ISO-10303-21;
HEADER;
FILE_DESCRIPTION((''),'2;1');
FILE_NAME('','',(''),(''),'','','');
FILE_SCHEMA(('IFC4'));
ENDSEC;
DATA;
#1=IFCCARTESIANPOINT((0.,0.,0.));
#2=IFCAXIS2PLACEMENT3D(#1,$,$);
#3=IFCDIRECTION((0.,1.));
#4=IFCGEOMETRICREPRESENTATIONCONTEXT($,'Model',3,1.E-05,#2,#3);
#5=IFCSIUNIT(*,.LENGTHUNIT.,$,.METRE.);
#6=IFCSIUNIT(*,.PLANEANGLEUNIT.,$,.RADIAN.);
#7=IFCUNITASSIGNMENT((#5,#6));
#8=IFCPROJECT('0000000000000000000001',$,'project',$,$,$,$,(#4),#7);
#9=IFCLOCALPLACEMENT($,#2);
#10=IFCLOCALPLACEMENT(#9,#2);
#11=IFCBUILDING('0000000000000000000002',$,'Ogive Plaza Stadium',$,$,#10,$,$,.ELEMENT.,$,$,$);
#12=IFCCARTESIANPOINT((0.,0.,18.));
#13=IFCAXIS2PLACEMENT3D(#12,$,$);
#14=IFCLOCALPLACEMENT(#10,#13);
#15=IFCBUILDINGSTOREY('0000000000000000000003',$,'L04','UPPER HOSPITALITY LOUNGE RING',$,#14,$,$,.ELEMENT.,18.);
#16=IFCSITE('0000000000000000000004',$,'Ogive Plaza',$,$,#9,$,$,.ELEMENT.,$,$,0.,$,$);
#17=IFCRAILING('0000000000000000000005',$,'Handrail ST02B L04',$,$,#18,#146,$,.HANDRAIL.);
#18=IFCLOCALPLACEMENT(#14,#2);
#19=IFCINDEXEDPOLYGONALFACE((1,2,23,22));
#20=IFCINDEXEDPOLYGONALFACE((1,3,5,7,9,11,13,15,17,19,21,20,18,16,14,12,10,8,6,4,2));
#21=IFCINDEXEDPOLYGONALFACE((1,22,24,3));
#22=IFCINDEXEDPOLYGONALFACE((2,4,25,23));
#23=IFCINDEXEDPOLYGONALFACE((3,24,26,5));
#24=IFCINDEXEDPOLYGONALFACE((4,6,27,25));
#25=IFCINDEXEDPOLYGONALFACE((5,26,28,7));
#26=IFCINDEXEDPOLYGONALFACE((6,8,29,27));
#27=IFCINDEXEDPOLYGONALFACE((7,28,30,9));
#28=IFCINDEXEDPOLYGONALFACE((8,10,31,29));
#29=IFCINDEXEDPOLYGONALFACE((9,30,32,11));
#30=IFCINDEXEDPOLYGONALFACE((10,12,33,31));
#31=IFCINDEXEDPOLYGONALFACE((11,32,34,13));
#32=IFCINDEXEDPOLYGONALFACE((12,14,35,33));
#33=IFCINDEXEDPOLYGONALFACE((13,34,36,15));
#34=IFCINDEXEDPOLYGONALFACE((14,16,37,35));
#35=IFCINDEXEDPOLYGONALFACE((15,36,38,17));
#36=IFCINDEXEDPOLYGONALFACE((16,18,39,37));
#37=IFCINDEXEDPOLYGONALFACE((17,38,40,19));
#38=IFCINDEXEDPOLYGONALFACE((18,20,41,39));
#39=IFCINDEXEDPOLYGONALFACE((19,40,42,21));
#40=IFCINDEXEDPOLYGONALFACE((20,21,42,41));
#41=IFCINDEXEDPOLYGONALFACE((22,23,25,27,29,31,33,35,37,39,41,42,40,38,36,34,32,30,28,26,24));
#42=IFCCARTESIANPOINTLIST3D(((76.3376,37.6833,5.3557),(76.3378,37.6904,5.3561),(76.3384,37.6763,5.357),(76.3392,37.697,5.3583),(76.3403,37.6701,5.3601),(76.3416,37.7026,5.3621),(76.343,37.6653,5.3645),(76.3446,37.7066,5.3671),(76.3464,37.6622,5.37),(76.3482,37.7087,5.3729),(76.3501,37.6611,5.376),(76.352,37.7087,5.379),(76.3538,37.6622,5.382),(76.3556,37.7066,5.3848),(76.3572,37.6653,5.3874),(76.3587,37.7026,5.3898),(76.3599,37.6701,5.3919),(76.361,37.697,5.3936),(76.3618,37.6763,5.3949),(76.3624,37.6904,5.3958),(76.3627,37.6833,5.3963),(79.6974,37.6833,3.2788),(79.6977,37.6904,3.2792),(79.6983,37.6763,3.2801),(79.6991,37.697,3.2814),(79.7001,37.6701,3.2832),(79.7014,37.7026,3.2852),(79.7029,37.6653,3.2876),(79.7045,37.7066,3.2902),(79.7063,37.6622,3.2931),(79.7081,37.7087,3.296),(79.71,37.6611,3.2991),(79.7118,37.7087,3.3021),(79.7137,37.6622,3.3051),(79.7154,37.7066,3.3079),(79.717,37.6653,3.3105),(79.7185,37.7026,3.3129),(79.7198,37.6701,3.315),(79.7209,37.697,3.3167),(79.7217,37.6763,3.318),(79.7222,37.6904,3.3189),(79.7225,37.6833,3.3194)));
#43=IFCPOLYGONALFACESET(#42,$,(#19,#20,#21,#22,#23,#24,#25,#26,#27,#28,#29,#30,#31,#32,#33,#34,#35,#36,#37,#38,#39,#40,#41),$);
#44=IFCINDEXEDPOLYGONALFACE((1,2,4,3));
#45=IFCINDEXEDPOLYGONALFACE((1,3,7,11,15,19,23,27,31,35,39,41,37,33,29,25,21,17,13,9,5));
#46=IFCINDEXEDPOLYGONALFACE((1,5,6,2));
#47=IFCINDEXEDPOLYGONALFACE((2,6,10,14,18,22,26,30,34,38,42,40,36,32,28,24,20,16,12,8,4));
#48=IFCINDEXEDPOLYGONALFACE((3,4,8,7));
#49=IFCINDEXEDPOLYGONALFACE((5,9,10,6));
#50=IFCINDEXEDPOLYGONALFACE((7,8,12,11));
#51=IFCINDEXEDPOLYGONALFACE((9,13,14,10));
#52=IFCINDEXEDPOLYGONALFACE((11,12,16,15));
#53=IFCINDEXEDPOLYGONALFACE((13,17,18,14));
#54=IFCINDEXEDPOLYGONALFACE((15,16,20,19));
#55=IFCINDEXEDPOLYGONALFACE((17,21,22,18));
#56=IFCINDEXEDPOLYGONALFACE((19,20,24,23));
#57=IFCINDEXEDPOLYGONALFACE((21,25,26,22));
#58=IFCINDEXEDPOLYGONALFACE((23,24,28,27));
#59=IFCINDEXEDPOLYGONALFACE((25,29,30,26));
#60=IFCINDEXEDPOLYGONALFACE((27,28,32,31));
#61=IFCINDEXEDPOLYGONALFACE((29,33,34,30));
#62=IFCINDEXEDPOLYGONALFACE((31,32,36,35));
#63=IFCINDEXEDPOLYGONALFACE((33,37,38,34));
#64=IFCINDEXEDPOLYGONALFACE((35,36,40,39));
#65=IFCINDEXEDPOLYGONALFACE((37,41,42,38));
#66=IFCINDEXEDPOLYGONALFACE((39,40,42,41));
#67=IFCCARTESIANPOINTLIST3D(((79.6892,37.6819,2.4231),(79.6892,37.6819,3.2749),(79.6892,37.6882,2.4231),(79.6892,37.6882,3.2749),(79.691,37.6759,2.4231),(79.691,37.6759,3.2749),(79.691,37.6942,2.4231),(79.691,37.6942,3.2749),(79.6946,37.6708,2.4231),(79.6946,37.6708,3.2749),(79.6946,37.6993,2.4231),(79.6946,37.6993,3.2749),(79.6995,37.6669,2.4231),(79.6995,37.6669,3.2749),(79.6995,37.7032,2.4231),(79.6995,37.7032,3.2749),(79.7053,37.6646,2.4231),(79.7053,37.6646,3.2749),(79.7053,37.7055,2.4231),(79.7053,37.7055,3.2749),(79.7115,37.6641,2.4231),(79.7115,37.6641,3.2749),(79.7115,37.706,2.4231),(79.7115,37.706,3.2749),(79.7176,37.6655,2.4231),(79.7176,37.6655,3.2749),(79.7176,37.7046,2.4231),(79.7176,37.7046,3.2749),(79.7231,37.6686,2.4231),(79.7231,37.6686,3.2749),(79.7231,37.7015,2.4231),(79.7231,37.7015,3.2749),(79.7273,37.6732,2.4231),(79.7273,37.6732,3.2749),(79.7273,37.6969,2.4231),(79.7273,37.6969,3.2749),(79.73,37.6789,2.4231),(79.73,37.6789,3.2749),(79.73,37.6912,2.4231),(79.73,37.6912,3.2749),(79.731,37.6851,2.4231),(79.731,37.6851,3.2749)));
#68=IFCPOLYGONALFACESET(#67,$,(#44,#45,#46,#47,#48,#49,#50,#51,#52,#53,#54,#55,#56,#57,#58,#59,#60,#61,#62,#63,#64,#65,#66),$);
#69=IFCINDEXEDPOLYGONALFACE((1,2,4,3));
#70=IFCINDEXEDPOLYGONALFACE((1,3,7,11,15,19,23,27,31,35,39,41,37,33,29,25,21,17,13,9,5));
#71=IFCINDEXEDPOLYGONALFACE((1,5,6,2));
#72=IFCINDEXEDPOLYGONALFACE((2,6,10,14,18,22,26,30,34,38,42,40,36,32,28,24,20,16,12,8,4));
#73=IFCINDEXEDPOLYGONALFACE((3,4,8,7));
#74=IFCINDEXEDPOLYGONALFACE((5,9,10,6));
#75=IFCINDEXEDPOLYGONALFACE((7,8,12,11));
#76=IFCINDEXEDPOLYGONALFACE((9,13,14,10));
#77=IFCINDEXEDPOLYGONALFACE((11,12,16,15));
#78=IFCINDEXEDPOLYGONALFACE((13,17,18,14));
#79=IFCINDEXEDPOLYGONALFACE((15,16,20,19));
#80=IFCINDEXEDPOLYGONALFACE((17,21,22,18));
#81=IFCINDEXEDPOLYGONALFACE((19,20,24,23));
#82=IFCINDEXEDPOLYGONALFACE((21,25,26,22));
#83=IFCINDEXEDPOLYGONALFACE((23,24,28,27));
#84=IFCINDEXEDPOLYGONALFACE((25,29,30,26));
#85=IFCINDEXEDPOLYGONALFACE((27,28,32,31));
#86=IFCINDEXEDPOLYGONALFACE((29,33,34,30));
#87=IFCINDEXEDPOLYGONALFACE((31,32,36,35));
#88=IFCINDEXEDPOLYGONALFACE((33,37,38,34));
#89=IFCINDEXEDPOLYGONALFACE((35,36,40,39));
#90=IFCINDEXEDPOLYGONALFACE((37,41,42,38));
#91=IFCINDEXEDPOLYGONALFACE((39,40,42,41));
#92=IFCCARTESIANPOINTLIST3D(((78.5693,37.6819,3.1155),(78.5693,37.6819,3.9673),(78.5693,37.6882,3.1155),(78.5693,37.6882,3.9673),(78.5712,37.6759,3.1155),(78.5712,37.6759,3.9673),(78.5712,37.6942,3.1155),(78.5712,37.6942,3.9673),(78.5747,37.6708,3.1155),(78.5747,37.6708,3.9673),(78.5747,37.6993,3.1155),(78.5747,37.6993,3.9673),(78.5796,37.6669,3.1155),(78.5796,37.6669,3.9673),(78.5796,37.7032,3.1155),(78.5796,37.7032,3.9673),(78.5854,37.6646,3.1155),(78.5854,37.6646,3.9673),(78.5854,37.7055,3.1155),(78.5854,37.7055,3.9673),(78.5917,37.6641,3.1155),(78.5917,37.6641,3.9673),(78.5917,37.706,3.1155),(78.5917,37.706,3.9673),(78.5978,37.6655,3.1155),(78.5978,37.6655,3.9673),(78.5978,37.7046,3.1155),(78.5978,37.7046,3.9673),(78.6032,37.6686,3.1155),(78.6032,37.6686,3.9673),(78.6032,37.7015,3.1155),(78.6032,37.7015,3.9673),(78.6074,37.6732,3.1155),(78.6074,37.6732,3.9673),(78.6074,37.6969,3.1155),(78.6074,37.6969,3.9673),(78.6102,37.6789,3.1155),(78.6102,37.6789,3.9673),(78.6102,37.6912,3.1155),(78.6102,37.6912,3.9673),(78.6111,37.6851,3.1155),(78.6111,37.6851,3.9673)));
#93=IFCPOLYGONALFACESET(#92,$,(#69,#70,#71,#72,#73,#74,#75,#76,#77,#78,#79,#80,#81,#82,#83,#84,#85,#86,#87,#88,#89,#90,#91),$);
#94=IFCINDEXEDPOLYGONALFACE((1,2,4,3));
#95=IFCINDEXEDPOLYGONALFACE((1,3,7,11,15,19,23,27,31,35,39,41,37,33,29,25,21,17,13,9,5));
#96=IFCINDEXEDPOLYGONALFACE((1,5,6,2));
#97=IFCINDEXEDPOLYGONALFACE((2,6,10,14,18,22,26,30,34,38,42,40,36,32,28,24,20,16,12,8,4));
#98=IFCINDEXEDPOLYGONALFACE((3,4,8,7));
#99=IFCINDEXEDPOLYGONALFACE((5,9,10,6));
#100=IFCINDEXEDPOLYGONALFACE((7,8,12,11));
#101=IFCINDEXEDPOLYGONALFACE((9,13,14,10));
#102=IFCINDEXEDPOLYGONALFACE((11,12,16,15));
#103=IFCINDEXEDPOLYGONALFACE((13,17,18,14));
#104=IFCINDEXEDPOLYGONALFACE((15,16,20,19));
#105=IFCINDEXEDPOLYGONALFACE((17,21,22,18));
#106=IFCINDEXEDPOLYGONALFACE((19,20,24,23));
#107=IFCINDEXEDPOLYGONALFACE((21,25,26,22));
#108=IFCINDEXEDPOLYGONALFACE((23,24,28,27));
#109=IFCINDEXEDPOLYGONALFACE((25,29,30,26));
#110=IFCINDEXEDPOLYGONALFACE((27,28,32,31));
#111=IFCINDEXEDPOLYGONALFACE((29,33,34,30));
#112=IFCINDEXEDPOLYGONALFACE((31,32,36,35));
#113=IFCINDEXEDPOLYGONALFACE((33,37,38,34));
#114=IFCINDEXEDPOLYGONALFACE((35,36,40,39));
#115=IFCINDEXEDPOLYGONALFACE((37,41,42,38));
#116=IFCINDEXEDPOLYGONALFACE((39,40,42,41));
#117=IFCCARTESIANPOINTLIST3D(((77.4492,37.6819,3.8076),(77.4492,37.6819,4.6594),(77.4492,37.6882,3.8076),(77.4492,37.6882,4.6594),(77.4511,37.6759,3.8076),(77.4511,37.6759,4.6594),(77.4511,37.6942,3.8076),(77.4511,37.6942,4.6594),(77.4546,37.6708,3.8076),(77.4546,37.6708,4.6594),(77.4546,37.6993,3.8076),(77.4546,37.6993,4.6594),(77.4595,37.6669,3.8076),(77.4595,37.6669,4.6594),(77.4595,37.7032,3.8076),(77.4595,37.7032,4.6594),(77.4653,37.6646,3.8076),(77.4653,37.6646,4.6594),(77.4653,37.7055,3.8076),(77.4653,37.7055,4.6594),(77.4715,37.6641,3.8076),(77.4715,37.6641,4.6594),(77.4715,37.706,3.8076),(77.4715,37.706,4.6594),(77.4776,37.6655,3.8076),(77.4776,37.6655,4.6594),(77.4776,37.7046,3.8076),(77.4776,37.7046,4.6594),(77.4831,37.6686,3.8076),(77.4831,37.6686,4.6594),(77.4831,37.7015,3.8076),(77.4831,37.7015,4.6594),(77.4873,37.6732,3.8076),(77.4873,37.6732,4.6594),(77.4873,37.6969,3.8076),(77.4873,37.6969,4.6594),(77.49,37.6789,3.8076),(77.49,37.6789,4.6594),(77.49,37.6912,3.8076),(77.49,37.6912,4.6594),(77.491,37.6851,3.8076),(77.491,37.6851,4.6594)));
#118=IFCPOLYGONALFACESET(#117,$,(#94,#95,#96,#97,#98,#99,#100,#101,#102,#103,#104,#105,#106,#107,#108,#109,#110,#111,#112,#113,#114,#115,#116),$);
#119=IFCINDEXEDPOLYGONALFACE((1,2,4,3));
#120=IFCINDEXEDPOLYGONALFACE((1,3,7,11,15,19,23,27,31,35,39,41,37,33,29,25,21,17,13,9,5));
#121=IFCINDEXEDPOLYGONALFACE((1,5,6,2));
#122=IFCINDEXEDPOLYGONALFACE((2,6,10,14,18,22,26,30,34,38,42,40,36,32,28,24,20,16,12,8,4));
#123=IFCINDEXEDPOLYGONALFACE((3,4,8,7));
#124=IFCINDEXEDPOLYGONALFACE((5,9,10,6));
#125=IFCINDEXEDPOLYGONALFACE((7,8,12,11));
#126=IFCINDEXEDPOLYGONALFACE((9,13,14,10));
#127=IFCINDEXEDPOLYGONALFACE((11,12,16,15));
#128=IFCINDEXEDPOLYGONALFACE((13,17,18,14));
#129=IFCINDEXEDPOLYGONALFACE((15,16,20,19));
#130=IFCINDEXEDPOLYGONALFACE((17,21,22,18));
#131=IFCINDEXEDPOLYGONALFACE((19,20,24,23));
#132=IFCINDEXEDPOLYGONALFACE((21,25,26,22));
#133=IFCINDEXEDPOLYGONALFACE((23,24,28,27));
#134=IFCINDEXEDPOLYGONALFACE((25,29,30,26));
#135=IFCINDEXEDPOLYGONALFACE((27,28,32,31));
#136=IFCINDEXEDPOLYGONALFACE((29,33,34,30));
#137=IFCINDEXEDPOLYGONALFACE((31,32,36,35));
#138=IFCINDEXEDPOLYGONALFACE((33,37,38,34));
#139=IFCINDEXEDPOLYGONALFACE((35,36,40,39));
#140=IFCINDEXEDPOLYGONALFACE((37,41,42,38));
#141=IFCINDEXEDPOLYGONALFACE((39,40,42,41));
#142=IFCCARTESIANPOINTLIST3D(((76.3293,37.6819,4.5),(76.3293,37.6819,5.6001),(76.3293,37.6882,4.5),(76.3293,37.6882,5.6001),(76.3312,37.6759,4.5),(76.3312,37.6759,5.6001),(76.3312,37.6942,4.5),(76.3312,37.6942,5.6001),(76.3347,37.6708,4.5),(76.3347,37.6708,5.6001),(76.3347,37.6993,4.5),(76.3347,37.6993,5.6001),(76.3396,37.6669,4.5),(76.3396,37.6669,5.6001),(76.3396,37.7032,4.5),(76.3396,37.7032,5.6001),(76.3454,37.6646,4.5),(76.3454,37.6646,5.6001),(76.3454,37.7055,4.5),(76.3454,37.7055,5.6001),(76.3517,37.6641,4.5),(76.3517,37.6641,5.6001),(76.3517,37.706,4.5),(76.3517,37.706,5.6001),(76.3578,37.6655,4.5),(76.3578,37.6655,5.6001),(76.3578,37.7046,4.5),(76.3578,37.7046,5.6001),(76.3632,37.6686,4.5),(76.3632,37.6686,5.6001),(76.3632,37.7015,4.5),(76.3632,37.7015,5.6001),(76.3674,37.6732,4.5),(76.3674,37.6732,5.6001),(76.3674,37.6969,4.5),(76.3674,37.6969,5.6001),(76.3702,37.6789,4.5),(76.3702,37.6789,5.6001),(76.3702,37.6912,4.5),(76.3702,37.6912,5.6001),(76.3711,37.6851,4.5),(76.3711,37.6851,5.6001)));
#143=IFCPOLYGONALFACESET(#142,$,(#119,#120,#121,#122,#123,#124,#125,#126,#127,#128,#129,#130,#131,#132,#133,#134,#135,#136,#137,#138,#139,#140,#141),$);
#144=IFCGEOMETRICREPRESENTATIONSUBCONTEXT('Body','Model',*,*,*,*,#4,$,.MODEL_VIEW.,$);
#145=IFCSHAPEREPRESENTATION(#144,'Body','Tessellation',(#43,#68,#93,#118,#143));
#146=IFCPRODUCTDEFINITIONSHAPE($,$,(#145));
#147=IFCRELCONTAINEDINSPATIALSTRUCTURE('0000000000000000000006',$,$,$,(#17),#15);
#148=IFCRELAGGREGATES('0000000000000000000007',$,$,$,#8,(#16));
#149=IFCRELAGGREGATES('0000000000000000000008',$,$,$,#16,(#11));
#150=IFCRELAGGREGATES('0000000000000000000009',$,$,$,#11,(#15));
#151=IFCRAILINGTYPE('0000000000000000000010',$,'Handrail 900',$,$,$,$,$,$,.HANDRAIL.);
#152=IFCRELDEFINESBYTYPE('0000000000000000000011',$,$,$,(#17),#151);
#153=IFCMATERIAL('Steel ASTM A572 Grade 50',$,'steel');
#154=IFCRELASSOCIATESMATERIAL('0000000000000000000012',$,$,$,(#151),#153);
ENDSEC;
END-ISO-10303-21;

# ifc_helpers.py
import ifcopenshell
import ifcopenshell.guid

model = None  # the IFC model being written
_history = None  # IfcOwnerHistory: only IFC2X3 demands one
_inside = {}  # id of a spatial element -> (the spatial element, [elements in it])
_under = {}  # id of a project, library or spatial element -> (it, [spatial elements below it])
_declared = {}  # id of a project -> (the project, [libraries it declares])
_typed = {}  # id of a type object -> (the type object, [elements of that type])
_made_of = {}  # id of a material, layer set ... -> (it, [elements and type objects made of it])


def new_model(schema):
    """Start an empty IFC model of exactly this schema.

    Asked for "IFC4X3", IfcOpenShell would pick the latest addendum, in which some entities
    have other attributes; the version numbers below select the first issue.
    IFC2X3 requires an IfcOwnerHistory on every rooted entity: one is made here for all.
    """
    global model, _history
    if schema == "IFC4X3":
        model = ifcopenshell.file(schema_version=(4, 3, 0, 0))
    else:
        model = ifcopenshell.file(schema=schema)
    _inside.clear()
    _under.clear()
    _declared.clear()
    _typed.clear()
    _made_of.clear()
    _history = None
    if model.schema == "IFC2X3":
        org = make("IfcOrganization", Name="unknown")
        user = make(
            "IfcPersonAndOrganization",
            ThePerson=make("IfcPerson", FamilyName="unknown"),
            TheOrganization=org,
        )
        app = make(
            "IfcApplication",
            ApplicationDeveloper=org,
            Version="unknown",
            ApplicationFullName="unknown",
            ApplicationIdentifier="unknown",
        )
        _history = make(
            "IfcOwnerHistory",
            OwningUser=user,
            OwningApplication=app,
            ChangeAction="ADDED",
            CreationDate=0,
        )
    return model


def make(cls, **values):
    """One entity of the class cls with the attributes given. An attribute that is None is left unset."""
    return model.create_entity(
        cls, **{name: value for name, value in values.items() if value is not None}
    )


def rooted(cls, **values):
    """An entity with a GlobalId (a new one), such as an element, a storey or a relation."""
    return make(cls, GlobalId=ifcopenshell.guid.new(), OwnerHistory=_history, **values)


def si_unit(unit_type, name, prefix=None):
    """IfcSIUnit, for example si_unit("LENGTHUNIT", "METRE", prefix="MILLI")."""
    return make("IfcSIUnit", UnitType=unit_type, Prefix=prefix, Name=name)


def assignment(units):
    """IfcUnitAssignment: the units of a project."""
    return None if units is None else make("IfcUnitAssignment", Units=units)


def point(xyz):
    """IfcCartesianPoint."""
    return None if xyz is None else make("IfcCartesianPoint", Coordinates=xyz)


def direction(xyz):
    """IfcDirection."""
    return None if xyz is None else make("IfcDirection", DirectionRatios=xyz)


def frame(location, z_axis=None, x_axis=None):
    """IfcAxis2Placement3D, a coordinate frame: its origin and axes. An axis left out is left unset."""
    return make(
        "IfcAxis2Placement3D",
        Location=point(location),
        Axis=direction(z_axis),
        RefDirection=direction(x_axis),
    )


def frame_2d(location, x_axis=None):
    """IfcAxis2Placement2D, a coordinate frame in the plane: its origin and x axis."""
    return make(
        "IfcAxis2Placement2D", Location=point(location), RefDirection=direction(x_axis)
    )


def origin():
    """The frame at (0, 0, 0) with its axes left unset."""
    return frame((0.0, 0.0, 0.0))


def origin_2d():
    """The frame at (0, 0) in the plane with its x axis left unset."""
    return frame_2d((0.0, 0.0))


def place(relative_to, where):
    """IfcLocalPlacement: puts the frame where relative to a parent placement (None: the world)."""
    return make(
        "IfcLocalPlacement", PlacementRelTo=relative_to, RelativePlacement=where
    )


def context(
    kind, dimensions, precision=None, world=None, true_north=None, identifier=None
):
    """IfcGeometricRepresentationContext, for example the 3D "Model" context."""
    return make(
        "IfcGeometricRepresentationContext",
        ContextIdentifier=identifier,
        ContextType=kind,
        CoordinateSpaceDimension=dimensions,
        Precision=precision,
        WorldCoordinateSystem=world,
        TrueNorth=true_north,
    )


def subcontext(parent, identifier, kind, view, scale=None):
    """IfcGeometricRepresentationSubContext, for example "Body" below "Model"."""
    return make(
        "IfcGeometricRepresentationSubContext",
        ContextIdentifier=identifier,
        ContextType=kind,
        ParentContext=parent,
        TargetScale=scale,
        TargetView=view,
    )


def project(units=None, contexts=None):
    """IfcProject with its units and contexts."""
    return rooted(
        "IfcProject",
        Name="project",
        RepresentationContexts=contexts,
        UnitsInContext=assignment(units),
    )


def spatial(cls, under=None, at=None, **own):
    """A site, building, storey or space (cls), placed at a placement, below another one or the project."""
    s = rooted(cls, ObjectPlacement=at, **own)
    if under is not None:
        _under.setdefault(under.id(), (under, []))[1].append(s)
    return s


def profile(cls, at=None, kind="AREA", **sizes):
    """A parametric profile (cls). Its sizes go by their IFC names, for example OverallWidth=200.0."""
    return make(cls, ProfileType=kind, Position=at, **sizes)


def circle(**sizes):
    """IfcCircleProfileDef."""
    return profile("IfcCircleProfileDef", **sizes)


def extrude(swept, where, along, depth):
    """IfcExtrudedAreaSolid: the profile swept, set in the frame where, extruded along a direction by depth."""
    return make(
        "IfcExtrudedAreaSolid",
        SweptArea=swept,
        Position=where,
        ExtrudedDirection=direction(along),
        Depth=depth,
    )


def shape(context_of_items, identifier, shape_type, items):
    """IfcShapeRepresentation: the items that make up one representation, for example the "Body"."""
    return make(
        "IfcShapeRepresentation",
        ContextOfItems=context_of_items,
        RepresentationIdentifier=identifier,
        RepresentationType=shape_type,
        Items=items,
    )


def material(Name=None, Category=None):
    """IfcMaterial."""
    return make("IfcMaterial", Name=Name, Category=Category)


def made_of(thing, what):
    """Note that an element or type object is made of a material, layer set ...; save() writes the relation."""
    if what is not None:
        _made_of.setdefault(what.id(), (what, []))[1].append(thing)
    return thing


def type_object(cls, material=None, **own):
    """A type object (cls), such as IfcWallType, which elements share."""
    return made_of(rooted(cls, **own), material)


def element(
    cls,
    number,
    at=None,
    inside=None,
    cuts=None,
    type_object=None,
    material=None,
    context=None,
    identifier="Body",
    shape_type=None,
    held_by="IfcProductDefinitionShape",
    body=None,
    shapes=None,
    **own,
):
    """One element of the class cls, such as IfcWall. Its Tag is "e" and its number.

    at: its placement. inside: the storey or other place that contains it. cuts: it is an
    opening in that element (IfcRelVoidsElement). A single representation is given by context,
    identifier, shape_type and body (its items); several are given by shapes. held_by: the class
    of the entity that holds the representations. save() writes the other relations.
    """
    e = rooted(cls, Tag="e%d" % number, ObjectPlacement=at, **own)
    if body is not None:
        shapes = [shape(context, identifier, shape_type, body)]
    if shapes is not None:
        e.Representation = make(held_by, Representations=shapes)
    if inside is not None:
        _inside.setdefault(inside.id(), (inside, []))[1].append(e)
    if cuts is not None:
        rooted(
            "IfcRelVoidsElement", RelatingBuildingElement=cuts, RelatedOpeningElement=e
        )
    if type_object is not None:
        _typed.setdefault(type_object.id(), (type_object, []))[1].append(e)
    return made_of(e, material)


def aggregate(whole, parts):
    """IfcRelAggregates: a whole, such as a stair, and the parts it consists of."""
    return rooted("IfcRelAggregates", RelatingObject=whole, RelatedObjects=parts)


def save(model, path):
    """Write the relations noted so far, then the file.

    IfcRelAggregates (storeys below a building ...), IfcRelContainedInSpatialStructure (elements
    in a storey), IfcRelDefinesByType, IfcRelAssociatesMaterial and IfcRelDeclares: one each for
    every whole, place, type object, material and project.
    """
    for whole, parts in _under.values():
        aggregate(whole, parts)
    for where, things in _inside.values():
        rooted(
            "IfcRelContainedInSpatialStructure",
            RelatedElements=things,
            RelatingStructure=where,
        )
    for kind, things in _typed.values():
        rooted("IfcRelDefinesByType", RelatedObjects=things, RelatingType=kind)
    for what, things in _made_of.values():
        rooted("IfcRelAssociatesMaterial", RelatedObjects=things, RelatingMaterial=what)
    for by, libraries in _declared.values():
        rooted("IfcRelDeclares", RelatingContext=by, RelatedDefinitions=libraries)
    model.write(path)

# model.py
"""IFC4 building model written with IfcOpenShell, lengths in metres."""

from ifc_helpers import new_model, si_unit, direction, frame, origin, origin_2d, place, context, subcontext, project, spatial, circle, extrude, material, type_object, element, save


model = new_model("IFC4")

# Units and contexts
model_context = context("Model", 3, precision=1e-05, world=origin(), true_north=direction((0.0, 1.0)))
body_context = subcontext(model_context, "Body", "Model", "MODEL_VIEW")
ifc_project = project(units=[si_unit("LENGTHUNIT", "METRE"), si_unit("PLANEANGLEUNIT", "RADIAN")], contexts=[model_context])

# Site, building, storey
site_placement = place(None, origin())
site = spatial("IfcSite", under=ifc_project, at=site_placement, Name="Ogive Plaza", CompositionType="ELEMENT", RefElevation=0.0)
building_placement = place(site_placement, origin())
building = spatial("IfcBuilding", under=site, at=building_placement, Name="Ogive Plaza Stadium", CompositionType="ELEMENT")
storey_placement = place(building_placement, frame((0.0, 0.0, 18.0)))
storey = spatial("IfcBuildingStorey", under=building, at=storey_placement, Name="L04", Description="UPPER HOSPITALITY LOUNGE RING", CompositionType="ELEMENT", Elevation=18.0)

# Railing
ifc_material_1 = material(Name="Steel ASTM A572 Grade 50", Category="steel")
railing_type_1 = type_object("IfcRailingType", Name="Handrail 900", PredefinedType="HANDRAIL", material=ifc_material_1)
for number, where, name in (
    (1, (79.71, 37.6851, 2.4231), "Handrail ST02B L04"),
):
    element("IfcRailing", number, at=place(storey_placement, frame(where)), inside=storey, type_object=railing_type_1, Name=name, PredefinedType="HANDRAIL", context=body_context, shape_type="SweptSolid", body=[
        extrude(circle(Radius=0.0239, at=origin_2d()), frame((0.0, 0.0, 0.876), z_axis=(-0.850606, 0.0, 0.525803), x_axis=(0.0, -1.0, 0.0)), (0.0, 0.0, 1.0), 3.95),
        extrude(circle(Radius=0.021, at=origin_2d()), origin(), (0.0, 0.0, 1.0), 0.8518),
        extrude(circle(Radius=0.021, at=origin_2d()), frame((-1.1199, 0.0, 0.6924)), (0.0, 0.0, 1.0), 0.8518),
        extrude(circle(Radius=0.021, at=origin_2d()), frame((-2.24, 0.0, 1.3845)), (0.0, 0.0, 1.0), 0.8518),
        extrude(circle(Radius=0.021, at=origin_2d()), frame((-3.3599, 0.0, 2.0769)), (0.0, 0.0, 1.0), 1.1001),
    ])

save(model, "model.ifc")
